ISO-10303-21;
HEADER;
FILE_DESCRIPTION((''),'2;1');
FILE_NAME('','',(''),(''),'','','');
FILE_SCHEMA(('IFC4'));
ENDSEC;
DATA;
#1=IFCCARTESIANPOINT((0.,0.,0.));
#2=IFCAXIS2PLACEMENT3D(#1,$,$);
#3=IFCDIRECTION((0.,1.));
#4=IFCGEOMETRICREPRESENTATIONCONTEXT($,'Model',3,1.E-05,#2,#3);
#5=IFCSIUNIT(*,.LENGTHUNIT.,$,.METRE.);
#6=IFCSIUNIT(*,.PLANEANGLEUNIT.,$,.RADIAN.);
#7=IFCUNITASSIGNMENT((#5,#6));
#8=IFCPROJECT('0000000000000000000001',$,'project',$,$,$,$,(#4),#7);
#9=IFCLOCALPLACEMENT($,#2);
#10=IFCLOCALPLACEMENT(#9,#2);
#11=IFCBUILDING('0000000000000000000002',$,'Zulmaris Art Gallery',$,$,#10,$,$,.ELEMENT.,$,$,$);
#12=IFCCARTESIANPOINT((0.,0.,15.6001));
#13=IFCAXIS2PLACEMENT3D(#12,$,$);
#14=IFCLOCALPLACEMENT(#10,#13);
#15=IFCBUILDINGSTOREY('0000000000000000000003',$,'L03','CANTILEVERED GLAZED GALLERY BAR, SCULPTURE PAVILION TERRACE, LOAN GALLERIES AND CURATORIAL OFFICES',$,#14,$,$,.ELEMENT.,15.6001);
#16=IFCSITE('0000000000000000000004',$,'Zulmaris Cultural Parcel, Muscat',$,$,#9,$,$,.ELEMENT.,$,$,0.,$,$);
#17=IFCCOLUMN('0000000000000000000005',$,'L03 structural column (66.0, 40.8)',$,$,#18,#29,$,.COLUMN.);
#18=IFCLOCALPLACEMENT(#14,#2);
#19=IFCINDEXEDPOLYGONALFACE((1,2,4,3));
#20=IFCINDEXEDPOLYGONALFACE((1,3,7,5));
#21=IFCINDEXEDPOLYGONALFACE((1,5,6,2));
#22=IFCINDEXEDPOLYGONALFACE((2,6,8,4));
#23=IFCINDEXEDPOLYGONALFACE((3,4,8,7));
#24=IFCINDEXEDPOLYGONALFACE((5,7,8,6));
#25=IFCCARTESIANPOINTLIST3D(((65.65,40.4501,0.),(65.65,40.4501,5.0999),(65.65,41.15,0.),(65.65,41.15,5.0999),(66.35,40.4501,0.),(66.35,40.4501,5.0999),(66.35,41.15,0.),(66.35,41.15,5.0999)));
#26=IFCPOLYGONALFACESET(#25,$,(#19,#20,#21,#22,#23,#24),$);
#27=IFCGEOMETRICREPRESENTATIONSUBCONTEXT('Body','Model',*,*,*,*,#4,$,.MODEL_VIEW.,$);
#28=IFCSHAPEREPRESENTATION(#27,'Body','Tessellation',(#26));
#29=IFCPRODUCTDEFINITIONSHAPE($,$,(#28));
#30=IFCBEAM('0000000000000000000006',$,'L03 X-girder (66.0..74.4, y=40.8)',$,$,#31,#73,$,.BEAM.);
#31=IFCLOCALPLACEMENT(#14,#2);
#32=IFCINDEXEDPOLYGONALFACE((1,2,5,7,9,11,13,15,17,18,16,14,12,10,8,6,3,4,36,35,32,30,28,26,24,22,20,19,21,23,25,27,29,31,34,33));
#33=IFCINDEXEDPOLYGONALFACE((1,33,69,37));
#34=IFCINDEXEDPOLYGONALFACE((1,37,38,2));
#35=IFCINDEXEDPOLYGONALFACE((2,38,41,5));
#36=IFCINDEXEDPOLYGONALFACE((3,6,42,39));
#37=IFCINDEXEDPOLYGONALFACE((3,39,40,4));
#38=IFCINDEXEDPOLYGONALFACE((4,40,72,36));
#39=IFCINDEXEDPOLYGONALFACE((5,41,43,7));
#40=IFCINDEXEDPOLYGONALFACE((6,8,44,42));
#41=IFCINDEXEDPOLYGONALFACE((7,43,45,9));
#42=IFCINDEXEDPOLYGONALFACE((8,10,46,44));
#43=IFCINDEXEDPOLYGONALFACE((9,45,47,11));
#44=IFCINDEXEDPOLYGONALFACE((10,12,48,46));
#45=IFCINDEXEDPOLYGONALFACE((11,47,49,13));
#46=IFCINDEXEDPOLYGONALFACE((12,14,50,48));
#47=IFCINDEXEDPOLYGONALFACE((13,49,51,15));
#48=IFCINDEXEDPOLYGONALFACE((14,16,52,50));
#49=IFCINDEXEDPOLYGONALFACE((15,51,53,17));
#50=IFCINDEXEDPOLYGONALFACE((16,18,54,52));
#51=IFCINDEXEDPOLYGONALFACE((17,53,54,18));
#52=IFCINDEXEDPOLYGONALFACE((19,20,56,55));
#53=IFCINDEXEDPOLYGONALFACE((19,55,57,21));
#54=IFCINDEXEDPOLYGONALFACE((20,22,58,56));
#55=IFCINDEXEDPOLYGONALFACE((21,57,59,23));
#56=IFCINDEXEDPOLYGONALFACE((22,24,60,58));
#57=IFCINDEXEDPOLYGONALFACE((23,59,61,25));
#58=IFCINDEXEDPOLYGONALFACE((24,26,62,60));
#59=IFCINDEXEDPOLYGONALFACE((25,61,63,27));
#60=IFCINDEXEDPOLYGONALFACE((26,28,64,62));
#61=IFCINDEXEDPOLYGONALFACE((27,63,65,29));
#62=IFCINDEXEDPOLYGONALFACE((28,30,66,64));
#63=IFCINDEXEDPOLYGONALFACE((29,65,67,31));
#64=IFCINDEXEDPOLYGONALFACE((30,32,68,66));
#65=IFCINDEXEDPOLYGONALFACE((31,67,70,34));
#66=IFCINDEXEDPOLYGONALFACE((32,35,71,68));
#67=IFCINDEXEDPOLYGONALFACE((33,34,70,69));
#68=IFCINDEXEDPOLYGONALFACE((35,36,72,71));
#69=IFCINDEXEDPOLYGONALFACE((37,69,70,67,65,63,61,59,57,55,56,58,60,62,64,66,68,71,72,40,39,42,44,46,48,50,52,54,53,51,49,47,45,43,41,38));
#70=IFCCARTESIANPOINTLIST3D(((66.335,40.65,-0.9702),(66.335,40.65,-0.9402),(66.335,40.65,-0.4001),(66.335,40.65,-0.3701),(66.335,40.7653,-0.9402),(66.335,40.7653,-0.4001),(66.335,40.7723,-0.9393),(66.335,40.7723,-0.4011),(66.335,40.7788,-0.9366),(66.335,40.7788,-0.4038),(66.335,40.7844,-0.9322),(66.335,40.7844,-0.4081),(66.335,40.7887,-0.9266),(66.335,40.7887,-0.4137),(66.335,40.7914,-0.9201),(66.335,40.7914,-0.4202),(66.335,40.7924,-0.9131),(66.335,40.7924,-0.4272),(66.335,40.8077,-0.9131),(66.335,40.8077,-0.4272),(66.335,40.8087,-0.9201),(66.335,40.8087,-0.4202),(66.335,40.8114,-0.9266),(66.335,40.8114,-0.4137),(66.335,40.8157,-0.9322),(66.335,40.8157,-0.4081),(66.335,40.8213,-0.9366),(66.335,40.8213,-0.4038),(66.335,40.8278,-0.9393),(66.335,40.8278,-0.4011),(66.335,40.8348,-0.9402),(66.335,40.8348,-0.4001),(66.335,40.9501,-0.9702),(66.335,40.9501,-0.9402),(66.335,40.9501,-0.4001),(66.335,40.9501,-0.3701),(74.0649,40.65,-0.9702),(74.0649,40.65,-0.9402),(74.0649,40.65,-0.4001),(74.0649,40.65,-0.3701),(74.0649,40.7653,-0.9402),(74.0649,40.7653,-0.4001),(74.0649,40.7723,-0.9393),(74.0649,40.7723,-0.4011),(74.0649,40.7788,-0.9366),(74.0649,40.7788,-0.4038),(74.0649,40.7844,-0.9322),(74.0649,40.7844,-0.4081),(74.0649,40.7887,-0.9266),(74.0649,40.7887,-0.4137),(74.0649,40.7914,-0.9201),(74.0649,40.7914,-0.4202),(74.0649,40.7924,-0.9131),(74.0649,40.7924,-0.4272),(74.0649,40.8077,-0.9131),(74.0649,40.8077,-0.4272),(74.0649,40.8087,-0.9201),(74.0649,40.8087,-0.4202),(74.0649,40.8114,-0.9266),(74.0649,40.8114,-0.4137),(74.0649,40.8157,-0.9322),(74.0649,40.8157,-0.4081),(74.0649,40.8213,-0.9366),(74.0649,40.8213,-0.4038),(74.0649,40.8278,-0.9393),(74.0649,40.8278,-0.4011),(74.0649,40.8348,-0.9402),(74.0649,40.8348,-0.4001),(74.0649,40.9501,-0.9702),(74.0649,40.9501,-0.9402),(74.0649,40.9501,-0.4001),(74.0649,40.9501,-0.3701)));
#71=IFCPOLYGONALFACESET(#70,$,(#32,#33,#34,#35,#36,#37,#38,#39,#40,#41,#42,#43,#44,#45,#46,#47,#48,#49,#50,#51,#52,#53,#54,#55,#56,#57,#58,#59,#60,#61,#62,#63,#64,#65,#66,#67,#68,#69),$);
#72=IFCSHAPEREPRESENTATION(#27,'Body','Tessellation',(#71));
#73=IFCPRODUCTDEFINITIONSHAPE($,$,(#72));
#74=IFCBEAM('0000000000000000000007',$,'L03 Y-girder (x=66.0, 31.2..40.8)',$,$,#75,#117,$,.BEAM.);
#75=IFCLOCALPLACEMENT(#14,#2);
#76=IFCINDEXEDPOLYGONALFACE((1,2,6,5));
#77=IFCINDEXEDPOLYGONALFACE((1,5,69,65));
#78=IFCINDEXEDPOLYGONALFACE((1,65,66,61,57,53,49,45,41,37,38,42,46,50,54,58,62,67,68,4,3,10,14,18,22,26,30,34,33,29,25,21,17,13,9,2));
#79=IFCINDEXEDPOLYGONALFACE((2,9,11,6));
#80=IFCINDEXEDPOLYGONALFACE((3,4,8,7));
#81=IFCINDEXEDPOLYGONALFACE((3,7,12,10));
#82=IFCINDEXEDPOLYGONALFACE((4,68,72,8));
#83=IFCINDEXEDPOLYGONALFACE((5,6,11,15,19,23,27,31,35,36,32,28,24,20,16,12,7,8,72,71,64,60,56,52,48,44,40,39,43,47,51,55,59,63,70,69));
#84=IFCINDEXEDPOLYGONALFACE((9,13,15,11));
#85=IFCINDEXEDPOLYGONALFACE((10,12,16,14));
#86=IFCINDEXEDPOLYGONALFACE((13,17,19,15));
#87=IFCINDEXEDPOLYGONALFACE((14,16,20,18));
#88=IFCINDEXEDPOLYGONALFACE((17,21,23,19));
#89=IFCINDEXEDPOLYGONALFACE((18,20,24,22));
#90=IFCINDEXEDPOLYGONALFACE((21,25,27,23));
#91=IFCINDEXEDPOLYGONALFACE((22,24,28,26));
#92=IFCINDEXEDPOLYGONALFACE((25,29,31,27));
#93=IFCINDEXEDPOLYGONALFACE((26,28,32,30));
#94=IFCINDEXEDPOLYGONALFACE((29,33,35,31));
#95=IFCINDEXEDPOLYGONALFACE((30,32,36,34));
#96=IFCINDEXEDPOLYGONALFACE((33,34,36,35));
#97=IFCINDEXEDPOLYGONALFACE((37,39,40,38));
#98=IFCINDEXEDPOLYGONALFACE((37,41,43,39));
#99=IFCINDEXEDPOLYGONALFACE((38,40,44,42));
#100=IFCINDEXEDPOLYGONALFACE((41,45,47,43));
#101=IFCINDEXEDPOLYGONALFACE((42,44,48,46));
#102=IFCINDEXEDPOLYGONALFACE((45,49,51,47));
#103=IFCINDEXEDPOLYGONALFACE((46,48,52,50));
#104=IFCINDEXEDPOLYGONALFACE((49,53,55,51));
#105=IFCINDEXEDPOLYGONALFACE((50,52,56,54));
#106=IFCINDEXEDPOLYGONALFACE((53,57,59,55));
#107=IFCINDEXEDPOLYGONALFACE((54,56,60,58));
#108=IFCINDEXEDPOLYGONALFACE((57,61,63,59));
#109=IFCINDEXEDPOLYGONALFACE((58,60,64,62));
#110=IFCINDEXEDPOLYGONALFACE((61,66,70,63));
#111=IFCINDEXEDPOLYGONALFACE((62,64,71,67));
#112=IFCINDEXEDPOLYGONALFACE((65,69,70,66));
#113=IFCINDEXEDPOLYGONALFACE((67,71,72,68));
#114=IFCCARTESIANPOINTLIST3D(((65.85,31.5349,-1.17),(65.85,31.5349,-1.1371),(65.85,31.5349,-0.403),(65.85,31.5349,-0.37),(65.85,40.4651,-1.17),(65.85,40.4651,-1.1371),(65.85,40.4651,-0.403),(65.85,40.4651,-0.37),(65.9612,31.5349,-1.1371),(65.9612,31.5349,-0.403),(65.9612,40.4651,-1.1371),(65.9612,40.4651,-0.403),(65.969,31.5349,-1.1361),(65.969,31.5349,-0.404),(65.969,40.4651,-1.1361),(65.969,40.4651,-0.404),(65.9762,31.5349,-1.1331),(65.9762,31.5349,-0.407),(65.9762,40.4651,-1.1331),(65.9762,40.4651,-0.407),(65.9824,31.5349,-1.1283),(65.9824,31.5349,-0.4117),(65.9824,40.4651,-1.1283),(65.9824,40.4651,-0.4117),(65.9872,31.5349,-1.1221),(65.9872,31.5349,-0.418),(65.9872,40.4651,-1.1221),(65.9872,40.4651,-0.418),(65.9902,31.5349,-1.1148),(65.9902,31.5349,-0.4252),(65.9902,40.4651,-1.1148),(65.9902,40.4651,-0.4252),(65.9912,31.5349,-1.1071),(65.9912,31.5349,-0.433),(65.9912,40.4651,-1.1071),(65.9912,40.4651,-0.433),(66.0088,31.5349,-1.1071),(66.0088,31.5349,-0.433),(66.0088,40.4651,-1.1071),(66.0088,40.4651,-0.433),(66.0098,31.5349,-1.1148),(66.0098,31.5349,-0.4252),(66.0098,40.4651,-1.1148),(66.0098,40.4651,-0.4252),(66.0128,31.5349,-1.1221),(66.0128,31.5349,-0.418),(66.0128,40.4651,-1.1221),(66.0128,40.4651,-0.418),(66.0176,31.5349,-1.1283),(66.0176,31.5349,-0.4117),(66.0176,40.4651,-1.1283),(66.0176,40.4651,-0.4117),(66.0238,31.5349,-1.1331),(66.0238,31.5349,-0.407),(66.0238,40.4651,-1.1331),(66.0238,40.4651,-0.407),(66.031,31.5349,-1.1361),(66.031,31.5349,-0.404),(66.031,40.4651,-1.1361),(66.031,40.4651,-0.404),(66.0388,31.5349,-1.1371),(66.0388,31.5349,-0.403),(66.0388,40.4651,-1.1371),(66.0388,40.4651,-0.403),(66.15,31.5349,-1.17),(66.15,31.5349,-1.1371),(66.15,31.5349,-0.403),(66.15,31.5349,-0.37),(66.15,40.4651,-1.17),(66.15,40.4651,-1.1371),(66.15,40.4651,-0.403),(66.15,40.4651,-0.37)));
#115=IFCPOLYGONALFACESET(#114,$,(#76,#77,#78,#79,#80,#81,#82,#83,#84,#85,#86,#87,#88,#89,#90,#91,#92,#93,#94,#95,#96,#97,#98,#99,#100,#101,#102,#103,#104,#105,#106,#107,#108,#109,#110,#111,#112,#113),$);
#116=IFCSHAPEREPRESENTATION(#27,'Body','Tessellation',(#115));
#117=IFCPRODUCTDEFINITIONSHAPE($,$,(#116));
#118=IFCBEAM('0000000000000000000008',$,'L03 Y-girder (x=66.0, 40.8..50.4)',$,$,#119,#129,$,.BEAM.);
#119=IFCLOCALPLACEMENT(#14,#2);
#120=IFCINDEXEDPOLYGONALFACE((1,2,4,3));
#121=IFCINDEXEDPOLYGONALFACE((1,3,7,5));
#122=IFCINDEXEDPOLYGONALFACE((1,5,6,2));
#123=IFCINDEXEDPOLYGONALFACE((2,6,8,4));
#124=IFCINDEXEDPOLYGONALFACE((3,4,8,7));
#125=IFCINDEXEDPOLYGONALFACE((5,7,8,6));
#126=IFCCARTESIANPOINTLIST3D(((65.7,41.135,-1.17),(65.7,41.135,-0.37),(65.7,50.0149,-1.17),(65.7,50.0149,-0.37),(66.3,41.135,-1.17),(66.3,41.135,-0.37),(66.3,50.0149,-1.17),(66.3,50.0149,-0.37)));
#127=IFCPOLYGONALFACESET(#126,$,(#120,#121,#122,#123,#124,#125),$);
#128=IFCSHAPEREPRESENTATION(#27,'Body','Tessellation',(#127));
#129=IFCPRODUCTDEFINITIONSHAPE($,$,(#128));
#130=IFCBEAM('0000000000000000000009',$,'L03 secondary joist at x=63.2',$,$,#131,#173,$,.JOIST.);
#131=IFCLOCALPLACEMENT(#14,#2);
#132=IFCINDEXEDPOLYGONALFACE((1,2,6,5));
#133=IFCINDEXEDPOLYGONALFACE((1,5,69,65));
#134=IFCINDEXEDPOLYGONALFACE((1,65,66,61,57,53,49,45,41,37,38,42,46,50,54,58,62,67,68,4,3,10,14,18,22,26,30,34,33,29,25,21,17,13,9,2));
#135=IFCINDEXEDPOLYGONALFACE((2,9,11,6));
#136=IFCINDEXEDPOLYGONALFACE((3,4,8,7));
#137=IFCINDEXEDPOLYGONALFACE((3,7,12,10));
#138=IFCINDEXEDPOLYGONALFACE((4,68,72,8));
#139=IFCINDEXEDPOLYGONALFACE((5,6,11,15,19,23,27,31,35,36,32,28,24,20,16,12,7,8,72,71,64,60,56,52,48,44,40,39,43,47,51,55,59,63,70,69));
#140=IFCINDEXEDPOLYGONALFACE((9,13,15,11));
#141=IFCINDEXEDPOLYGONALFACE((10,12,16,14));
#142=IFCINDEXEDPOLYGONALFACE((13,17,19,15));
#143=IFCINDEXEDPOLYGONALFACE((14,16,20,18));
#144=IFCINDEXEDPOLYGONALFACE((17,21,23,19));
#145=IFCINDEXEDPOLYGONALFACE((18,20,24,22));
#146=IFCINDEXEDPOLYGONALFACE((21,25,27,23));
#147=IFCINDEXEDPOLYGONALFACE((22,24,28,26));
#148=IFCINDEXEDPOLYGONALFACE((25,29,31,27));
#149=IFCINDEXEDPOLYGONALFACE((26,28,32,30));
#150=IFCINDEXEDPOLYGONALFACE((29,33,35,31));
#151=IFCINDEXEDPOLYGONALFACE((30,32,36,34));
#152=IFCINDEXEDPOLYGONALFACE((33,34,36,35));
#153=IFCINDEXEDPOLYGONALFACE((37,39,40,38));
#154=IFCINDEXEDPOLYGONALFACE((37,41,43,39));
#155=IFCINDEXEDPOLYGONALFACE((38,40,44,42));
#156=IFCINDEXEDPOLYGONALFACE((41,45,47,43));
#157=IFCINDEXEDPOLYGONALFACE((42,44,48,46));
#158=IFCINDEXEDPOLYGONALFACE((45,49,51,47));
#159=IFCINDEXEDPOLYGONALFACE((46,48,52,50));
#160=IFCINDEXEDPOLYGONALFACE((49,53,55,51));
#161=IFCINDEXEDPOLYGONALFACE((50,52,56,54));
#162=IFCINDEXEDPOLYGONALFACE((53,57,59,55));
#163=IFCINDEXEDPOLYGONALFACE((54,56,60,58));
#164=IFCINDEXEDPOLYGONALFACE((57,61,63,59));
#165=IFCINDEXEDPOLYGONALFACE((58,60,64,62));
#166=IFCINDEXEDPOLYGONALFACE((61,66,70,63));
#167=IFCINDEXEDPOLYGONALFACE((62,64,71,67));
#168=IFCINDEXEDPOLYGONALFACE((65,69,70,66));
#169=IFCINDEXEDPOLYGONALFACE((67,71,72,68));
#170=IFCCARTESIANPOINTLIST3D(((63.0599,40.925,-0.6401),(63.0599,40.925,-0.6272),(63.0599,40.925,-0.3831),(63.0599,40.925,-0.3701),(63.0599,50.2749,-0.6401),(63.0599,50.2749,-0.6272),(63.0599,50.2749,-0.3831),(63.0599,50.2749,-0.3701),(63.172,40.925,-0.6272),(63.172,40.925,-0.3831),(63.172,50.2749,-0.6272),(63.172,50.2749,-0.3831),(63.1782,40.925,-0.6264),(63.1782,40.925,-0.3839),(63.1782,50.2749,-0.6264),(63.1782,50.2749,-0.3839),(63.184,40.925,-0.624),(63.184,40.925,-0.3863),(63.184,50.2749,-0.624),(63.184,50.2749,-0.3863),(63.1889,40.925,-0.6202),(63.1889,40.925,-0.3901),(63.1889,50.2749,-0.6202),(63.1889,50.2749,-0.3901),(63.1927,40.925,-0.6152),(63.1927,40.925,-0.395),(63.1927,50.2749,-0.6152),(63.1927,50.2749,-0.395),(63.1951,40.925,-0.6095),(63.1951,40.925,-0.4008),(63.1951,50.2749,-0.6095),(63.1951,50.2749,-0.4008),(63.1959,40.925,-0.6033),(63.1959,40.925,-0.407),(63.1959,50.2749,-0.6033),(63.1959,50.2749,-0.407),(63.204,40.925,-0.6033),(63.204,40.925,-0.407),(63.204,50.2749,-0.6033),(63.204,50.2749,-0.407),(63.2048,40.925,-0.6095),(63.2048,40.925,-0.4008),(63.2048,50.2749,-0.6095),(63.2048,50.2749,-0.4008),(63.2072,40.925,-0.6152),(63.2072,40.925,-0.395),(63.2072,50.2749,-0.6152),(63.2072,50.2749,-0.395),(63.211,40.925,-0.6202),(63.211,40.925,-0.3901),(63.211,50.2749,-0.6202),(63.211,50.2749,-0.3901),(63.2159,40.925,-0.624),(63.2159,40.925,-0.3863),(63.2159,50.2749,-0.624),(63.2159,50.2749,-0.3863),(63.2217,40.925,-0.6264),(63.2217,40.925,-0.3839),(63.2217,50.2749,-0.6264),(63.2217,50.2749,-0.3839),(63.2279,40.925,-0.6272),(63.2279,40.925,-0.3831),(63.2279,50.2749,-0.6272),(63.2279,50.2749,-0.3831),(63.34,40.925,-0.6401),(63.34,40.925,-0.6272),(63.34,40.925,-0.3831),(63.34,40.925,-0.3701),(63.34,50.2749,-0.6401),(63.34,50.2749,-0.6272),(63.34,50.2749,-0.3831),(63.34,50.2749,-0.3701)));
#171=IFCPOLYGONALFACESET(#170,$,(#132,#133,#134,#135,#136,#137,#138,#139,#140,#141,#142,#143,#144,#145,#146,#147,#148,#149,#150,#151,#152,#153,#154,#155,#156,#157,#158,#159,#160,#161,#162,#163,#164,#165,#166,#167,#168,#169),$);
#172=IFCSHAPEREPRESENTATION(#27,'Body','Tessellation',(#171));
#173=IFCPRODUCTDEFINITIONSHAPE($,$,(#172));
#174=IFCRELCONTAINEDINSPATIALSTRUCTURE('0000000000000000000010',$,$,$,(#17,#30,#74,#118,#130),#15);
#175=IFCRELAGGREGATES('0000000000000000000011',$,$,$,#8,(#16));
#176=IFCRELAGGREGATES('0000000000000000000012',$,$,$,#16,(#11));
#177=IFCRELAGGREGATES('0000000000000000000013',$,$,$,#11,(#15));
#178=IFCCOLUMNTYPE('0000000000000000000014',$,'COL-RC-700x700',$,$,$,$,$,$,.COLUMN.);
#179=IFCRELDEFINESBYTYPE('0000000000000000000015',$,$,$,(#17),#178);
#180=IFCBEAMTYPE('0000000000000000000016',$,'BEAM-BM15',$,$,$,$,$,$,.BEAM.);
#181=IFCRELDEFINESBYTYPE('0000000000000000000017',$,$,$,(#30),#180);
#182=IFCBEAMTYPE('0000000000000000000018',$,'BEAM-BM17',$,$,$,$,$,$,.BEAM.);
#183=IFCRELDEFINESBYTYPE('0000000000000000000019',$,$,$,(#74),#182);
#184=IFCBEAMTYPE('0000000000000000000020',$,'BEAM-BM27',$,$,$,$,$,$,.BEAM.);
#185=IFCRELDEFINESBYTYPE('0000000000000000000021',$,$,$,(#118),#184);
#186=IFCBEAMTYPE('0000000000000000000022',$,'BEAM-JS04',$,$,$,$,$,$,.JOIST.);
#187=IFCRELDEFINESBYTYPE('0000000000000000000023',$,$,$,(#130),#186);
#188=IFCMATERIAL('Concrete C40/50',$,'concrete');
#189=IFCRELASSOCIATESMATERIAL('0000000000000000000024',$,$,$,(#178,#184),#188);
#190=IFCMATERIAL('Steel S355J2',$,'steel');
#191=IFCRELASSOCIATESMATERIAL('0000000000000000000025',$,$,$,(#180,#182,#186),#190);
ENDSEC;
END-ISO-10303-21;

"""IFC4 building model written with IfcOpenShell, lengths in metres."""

from ifc_helpers import new_model, si_unit, direction, frame, origin, origin_2d, place, context, subcontext, project, spatial, rectangle, i_section, extrude, material, material_profile, profile_set, type_object, element, save


model = new_model("IFC4")

# Units and contexts
model_context = context("Model", 3, precision=1e-05, world=origin(), true_north=direction((0.0, 1.0)))
body_context = subcontext(model_context, "Body", "Model", "MODEL_VIEW")
ifc_project = project(units=[si_unit("LENGTHUNIT", "METRE"), si_unit("PLANEANGLEUNIT", "RADIAN")], contexts=[model_context])

# Site, building, storey
site_placement = place(None, origin())
site = spatial("IfcSite", under=ifc_project, at=site_placement, Name="Zulmaris Cultural Parcel, Muscat", CompositionType="ELEMENT", RefElevation=0.0)
building_placement = place(site_placement, origin())
building = spatial("IfcBuilding", under=site, at=building_placement, Name="Zulmaris Art Gallery", CompositionType="ELEMENT")
storey_placement = place(building_placement, frame((0.0, 0.0, 15.6001)))
storey = spatial("IfcBuildingStorey", under=building, at=storey_placement, Name="L03", Description="CANTILEVERED GLAZED GALLERY BAR, SCULPTURE PAVILION TERRACE, LOAN GALLERIES AND CURATORIAL OFFICES", CompositionType="ELEMENT", Elevation=15.6001)

# Column
ifc_material_1 = material(Name="Concrete C40/50", Category="concrete")
ifc_material_profile_1 = material_profile(ifc_material_1, rectangle(XDim=0.7, YDim=0.7, at=origin_2d()), Name="RC 700x700")
ifc_profile_set_1 = profile_set([ifc_material_profile_1], Name="Concrete C40/50")
column_type = type_object("IfcColumnType", Name="COL-RC-700x700", PredefinedType="COLUMN", material=ifc_profile_set_1)
column_placement = place(storey_placement, frame((66.0, 40.8, 0.0), z_axis=(0.0, 0.0, 1.0), x_axis=(1.0, 0.0, 0.0)))
element("IfcColumn", 1, at=column_placement, inside=storey, type_object=column_type, Name="L03 structural column (66.0, 40.8)", PredefinedType="COLUMN", context=body_context, shape_type="SweptSolid", body=[
    extrude(rectangle(XDim=0.7, YDim=0.7, at=origin_2d()), origin(), (0.0, 0.0, 1.0), 5.0999),
])

# Beams
ifc_material_2 = material(Name="Steel S355J2", Category="steel")
ifc_material_profile_2 = material_profile(ifc_material_2, i_section(OverallWidth=0.3, OverallDepth=0.6001, WebThickness=0.0154, FlangeThickness=0.03, FilletRadius=0.0271, at=origin_2d()), Name="HEB 600")
ifc_profile_set_2 = profile_set([ifc_material_profile_2], Name="Steel S355J2")
beam_type_1 = type_object("IfcBeamType", Name="BEAM-BM15", PredefinedType="BEAM", material=ifc_profile_set_2)
beam_1_placement = place(storey_placement, frame((66.335, 40.8, -0.6702), z_axis=(1.0, 0.0, 0.0), x_axis=(0.0, 1.0, 0.0)))
element("IfcBeam", 2, at=beam_1_placement, inside=storey, type_object=beam_type_1, Name="L03 X-girder (66.0..74.4, y=40.8)", PredefinedType="BEAM", context=body_context, shape_type="SweptSolid", body=[
    extrude(i_section(OverallWidth=0.3, OverallDepth=0.6001, WebThickness=0.0154, FlangeThickness=0.03, FilletRadius=0.0271, at=origin_2d()), origin(), (0.0, 0.0, 1.0), 7.73),
])
ifc_material_profile_3 = material_profile(ifc_material_2, i_section(OverallWidth=0.3, OverallDepth=0.8, WebThickness=0.0176, FlangeThickness=0.033, FilletRadius=0.03, at=origin_2d()), Name="HEB 800")
ifc_profile_set_3 = profile_set([ifc_material_profile_3], Name="Steel S355J2")
beam_type_2 = type_object("IfcBeamType", Name="BEAM-BM17", PredefinedType="BEAM", material=ifc_profile_set_3)
beam_2_placement = place(storey_placement, frame((66.0, 31.5349, -0.77), z_axis=(0.0, 1.0, 0.0), x_axis=(-1.0, 0.0, 0.0)))
element("IfcBeam", 3, at=beam_2_placement, inside=storey, type_object=beam_type_2, Name="L03 Y-girder (x=66.0, 31.2..40.8)", PredefinedType="BEAM", context=body_context, shape_type="SweptSolid", body=[
    extrude(i_section(OverallWidth=0.3, OverallDepth=0.8, WebThickness=0.0176, FlangeThickness=0.033, FilletRadius=0.03, at=origin_2d()), origin(), (0.0, 0.0, 1.0), 8.9302),
])
ifc_material_profile_4 = material_profile(ifc_material_1, rectangle(XDim=0.6001, YDim=0.8, at=origin_2d()), Name="RC 600x800")
ifc_profile_set_4 = profile_set([ifc_material_profile_4], Name="Concrete C40/50")
beam_type_3 = type_object("IfcBeamType", Name="BEAM-BM27", PredefinedType="BEAM", material=ifc_profile_set_4)
beam_3_placement = place(storey_placement, frame((66.0, 41.135, -0.77), z_axis=(0.0, 1.0, 0.0), x_axis=(-1.0, 0.0, 0.0)))
element("IfcBeam", 4, at=beam_3_placement, inside=storey, type_object=beam_type_3, Name="L03 Y-girder (x=66.0, 40.8..50.4)", PredefinedType="BEAM", context=body_context, shape_type="SweptSolid", body=[
    extrude(rectangle(XDim=0.6001, YDim=0.8, at=origin_2d()), origin(), (0.0, 0.0, 1.0), 8.8799),
])
ifc_material_profile_5 = material_profile(ifc_material_2, i_section(OverallWidth=0.28, OverallDepth=0.27, WebThickness=0.0081, FlangeThickness=0.0129, FilletRadius=0.0239, at=origin_2d()), Name="HEA 280")
ifc_profile_set_5 = profile_set([ifc_material_profile_5], Name="Steel S355J2")
beam_type_4 = type_object("IfcBeamType", Name="BEAM-JS04", PredefinedType="JOIST", material=ifc_profile_set_5)
for number, where, z_axis, x_axis, name in (
    (5, (63.2, 40.925, -0.5051), (0.0, 1.0, 0.0), (-1.0, 0.0, 0.0), "L03 secondary joist at x=63.2"),
):
    element("IfcBeam", number, at=place(storey_placement, frame(where, z_axis=z_axis, x_axis=x_axis)), inside=storey, type_object=beam_type_4, Name=name, PredefinedType="JOIST", context=body_context, shape_type="SweptSolid", body=[
        extrude(i_section(OverallWidth=0.28, OverallDepth=0.27, WebThickness=0.0081, FlangeThickness=0.0129, FilletRadius=0.0239, at=origin_2d()), origin(), (0.0, 0.0, 1.0), 9.3499),
    ])

save(model, "model.ifc")
